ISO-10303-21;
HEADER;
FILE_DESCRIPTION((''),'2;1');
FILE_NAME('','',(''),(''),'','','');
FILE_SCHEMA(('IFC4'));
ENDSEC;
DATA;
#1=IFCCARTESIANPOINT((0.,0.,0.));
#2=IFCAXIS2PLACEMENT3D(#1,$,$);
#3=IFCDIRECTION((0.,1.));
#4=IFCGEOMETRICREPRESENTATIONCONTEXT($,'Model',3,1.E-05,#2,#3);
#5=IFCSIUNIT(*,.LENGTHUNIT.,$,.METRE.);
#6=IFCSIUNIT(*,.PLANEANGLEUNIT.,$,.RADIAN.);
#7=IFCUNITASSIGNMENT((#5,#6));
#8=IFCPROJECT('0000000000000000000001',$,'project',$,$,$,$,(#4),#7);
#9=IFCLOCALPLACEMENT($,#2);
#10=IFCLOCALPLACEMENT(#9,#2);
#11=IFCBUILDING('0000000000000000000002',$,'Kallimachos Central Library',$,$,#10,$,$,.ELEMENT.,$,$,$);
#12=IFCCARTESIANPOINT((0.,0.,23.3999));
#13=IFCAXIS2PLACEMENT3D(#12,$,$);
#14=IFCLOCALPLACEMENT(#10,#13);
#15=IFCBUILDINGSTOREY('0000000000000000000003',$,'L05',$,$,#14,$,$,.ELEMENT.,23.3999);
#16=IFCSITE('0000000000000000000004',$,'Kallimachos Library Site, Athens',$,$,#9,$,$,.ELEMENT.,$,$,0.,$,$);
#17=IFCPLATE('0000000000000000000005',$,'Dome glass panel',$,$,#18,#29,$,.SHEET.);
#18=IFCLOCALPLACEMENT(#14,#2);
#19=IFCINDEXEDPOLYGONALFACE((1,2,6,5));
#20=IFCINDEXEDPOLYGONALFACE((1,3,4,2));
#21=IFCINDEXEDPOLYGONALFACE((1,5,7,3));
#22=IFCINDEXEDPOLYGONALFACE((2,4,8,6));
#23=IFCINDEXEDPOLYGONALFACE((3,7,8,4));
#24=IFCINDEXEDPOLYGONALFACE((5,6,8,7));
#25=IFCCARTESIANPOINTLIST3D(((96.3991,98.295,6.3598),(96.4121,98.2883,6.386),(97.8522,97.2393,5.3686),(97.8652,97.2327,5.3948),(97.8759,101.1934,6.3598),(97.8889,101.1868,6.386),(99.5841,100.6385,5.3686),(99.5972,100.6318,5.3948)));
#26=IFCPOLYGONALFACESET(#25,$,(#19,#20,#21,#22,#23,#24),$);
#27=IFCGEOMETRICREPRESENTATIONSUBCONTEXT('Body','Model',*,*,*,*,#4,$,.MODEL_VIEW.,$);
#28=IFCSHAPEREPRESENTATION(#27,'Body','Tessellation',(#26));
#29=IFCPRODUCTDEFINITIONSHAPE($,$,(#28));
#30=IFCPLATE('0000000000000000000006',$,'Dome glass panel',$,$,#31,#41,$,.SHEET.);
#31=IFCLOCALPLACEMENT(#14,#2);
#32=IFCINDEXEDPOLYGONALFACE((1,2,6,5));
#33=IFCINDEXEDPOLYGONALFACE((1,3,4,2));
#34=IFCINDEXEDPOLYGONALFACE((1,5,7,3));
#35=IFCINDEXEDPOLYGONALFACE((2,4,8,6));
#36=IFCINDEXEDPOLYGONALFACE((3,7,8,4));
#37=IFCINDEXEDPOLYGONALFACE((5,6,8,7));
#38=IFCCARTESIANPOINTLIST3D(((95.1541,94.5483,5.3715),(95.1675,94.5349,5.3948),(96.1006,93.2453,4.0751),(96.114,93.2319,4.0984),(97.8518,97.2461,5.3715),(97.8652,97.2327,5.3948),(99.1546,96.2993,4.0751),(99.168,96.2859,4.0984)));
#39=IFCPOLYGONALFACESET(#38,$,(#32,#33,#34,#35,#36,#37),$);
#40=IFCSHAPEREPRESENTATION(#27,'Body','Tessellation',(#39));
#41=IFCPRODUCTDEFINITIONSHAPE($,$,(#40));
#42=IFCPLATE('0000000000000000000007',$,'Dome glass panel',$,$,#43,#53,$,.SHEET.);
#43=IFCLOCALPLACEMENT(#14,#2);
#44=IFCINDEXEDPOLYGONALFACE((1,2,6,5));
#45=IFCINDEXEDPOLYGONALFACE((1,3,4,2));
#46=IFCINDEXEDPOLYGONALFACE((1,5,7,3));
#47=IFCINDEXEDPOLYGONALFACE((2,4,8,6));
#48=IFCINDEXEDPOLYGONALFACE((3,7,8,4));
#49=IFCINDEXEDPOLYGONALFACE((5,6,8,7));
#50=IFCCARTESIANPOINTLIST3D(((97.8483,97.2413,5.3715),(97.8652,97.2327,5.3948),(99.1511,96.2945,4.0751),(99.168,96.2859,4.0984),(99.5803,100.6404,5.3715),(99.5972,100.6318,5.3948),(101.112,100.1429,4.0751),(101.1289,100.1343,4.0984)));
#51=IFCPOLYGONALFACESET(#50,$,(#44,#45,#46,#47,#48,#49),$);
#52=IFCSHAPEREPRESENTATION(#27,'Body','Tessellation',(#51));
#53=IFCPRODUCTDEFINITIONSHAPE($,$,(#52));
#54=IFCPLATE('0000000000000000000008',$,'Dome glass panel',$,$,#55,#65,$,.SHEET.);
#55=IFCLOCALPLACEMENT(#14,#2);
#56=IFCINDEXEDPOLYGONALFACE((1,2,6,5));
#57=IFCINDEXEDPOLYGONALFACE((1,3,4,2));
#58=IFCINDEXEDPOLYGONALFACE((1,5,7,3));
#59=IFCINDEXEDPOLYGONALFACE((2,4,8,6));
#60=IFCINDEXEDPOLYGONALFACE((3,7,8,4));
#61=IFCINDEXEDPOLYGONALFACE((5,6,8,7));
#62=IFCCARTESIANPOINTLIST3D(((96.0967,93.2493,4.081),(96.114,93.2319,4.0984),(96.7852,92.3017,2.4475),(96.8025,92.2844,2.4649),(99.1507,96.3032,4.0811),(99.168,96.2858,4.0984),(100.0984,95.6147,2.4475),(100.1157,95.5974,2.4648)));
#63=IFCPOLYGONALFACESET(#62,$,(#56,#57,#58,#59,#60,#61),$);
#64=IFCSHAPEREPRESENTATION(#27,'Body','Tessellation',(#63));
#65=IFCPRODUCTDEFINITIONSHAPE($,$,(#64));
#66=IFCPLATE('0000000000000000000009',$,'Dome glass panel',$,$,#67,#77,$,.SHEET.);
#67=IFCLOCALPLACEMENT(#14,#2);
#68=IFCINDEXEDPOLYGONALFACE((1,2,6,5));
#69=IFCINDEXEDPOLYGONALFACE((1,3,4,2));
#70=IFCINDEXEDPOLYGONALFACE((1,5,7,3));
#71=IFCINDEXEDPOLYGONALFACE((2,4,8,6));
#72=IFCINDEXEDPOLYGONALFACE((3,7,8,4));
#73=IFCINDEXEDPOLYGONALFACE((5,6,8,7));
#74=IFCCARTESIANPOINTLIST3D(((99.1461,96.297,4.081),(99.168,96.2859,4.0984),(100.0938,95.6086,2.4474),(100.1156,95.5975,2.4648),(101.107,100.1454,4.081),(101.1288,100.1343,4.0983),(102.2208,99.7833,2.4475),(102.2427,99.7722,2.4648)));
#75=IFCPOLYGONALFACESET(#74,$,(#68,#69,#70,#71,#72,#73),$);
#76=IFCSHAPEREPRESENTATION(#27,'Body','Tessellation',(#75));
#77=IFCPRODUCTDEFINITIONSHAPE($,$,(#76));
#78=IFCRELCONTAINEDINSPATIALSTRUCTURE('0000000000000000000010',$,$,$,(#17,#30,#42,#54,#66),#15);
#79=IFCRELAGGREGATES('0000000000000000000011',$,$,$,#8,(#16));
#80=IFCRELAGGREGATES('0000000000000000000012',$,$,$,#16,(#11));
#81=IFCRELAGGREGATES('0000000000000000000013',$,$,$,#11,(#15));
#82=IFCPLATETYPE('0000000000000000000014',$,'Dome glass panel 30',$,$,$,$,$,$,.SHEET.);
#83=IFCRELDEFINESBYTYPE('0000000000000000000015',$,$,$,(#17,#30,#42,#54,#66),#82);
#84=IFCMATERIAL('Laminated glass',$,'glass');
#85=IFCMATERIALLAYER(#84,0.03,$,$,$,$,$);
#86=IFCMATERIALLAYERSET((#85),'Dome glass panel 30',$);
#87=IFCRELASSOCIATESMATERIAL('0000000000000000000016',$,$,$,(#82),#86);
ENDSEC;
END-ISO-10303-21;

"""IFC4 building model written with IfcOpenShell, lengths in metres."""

from ifc_helpers import new_model, si_unit, direction, frame, origin, place, context, subcontext, project, spatial, polyline, outline, extrude, material, layer, layer_set, type_object, element, save


model = new_model("IFC4")

# Units and contexts
model_context = context("Model", 3, precision=1e-05, world=origin(), true_north=direction((0.0, 1.0)))
body_context = subcontext(model_context, "Body", "Model", "MODEL_VIEW")
ifc_project = project(units=[si_unit("LENGTHUNIT", "METRE"), si_unit("PLANEANGLEUNIT", "RADIAN")], contexts=[model_context])

# Site, building, storey
site_placement = place(None, origin())
site = spatial("IfcSite", under=ifc_project, at=site_placement, Name="Kallimachos Library Site, Athens", CompositionType="ELEMENT", RefElevation=0.0)
building_placement = place(site_placement, origin())
building = spatial("IfcBuilding", under=site, at=building_placement, Name="Kallimachos Central Library", CompositionType="ELEMENT")
storey_placement = place(building_placement, frame((0.0, 0.0, 23.3999)))
storey = spatial("IfcBuildingStorey", under=building, at=storey_placement, Name="L05", CompositionType="ELEMENT", Elevation=23.3999)

# Plates
ifc_material_1 = material(Name="Laminated glass", Category="glass")
ifc_layer = layer(ifc_material_1, 0.03)
ifc_layer_set = layer_set([ifc_layer], Name="Dome glass panel 30")
plate_type = type_object("IfcPlateType", Name="Dome glass panel 30", PredefinedType="SHEET", material=ifc_layer_set)
plate_1_placement = place(storey_placement, frame((96.4121, 98.2883, 6.386), z_axis=(0.434606, -0.221439, 0.872973), x_axis=(0.708336, -0.514591, -0.483173)))
element("IfcPlate", 1, at=plate_1_placement, inside=storey, type_object=plate_type, Name="Dome glass panel", PredefinedType="SHEET", context=body_context, shape_type="SweptSolid", body=[
    extrude(outline(polyline([(0.0, 0.0), (2.0515, 0.0), (1.5291, 3.779), (-0.4454, 3.2223), (0.0, 0.0)])), origin(), (0.0, 0.0, -1.0), 0.03),
])
plate_2_placement = place(storey_placement, frame((95.1675, 94.5349, 5.3948), z_axis=(0.446724, -0.446724, 0.775162), x_axis=(0.457829, -0.630238, -0.62705)))
element("IfcPlate", 2, at=plate_2_placement, inside=storey, type_object=plate_type, Name="Dome glass panel", PredefinedType="SHEET", context=body_context, shape_type="SweptSolid", body=[
    extrude(outline(polyline([(0.0, 0.0), (2.0674, 0.0), (1.5409, 4.2867), (-0.4651, 3.7867), (0.0, 0.0)])), origin(), (0.0, 0.0, -1.0), 0.03),
])
plate_3_placement = place(storey_placement, frame((97.8652, 97.2327, 5.3948), z_axis=(0.562907, -0.28682, 0.775158), x_axis=(0.630142, -0.457961, -0.627051)))
element("IfcPlate", 3, at=plate_3_placement, inside=storey, type_object=plate_type, Name="Dome glass panel", PredefinedType="SHEET", context=body_context, shape_type="SweptSolid", body=[
    extrude(outline(polyline([(0.0, 0.0), (2.0674, 0.0), (1.5407, 4.2869), (-0.4653, 3.7865), (0.0, 0.0)])), origin(), (0.0, 0.0, -1.0), 0.03),
])
plate_4_placement = place(storey_placement, frame((96.114, 93.2319, 4.0984), z_axis=(0.577037, -0.577059, 0.577954), x_axis=(0.342539, -0.471409, -0.812675)))
element("IfcPlate", 4, at=plate_4_placement, inside=storey, type_object=plate_type, Name="Dome glass panel", PredefinedType="SHEET", context=body_context, shape_type="SweptSolid", body=[
    extrude(outline(polyline([(0.0, 0.0), (2.01, 0.0), (1.5832, 4.666), (-0.3936, 4.301), (0.0, 0.0)])), origin(), (0.0, 0.0, -1.0), 0.03),
])
plate_5_placement = place(storey_placement, frame((99.168, 96.2859, 4.0984), z_axis=(0.727132, -0.370481, 0.577947), x_axis=(0.471445, -0.34248, -0.812679)))
element("IfcPlate", 5, at=plate_5_placement, inside=storey, type_object=plate_type, Name="Dome glass panel", PredefinedType="SHEET", context=body_context, shape_type="SweptSolid", body=[
    extrude(outline(polyline([(0.0, 0.0), (2.0102, 0.0), (1.5831, 4.6659), (-0.3935, 4.3012), (0.0, 0.0)])), origin(), (0.0, 0.0, -1.0), 0.03),
])

save(model, "model.ifc")
